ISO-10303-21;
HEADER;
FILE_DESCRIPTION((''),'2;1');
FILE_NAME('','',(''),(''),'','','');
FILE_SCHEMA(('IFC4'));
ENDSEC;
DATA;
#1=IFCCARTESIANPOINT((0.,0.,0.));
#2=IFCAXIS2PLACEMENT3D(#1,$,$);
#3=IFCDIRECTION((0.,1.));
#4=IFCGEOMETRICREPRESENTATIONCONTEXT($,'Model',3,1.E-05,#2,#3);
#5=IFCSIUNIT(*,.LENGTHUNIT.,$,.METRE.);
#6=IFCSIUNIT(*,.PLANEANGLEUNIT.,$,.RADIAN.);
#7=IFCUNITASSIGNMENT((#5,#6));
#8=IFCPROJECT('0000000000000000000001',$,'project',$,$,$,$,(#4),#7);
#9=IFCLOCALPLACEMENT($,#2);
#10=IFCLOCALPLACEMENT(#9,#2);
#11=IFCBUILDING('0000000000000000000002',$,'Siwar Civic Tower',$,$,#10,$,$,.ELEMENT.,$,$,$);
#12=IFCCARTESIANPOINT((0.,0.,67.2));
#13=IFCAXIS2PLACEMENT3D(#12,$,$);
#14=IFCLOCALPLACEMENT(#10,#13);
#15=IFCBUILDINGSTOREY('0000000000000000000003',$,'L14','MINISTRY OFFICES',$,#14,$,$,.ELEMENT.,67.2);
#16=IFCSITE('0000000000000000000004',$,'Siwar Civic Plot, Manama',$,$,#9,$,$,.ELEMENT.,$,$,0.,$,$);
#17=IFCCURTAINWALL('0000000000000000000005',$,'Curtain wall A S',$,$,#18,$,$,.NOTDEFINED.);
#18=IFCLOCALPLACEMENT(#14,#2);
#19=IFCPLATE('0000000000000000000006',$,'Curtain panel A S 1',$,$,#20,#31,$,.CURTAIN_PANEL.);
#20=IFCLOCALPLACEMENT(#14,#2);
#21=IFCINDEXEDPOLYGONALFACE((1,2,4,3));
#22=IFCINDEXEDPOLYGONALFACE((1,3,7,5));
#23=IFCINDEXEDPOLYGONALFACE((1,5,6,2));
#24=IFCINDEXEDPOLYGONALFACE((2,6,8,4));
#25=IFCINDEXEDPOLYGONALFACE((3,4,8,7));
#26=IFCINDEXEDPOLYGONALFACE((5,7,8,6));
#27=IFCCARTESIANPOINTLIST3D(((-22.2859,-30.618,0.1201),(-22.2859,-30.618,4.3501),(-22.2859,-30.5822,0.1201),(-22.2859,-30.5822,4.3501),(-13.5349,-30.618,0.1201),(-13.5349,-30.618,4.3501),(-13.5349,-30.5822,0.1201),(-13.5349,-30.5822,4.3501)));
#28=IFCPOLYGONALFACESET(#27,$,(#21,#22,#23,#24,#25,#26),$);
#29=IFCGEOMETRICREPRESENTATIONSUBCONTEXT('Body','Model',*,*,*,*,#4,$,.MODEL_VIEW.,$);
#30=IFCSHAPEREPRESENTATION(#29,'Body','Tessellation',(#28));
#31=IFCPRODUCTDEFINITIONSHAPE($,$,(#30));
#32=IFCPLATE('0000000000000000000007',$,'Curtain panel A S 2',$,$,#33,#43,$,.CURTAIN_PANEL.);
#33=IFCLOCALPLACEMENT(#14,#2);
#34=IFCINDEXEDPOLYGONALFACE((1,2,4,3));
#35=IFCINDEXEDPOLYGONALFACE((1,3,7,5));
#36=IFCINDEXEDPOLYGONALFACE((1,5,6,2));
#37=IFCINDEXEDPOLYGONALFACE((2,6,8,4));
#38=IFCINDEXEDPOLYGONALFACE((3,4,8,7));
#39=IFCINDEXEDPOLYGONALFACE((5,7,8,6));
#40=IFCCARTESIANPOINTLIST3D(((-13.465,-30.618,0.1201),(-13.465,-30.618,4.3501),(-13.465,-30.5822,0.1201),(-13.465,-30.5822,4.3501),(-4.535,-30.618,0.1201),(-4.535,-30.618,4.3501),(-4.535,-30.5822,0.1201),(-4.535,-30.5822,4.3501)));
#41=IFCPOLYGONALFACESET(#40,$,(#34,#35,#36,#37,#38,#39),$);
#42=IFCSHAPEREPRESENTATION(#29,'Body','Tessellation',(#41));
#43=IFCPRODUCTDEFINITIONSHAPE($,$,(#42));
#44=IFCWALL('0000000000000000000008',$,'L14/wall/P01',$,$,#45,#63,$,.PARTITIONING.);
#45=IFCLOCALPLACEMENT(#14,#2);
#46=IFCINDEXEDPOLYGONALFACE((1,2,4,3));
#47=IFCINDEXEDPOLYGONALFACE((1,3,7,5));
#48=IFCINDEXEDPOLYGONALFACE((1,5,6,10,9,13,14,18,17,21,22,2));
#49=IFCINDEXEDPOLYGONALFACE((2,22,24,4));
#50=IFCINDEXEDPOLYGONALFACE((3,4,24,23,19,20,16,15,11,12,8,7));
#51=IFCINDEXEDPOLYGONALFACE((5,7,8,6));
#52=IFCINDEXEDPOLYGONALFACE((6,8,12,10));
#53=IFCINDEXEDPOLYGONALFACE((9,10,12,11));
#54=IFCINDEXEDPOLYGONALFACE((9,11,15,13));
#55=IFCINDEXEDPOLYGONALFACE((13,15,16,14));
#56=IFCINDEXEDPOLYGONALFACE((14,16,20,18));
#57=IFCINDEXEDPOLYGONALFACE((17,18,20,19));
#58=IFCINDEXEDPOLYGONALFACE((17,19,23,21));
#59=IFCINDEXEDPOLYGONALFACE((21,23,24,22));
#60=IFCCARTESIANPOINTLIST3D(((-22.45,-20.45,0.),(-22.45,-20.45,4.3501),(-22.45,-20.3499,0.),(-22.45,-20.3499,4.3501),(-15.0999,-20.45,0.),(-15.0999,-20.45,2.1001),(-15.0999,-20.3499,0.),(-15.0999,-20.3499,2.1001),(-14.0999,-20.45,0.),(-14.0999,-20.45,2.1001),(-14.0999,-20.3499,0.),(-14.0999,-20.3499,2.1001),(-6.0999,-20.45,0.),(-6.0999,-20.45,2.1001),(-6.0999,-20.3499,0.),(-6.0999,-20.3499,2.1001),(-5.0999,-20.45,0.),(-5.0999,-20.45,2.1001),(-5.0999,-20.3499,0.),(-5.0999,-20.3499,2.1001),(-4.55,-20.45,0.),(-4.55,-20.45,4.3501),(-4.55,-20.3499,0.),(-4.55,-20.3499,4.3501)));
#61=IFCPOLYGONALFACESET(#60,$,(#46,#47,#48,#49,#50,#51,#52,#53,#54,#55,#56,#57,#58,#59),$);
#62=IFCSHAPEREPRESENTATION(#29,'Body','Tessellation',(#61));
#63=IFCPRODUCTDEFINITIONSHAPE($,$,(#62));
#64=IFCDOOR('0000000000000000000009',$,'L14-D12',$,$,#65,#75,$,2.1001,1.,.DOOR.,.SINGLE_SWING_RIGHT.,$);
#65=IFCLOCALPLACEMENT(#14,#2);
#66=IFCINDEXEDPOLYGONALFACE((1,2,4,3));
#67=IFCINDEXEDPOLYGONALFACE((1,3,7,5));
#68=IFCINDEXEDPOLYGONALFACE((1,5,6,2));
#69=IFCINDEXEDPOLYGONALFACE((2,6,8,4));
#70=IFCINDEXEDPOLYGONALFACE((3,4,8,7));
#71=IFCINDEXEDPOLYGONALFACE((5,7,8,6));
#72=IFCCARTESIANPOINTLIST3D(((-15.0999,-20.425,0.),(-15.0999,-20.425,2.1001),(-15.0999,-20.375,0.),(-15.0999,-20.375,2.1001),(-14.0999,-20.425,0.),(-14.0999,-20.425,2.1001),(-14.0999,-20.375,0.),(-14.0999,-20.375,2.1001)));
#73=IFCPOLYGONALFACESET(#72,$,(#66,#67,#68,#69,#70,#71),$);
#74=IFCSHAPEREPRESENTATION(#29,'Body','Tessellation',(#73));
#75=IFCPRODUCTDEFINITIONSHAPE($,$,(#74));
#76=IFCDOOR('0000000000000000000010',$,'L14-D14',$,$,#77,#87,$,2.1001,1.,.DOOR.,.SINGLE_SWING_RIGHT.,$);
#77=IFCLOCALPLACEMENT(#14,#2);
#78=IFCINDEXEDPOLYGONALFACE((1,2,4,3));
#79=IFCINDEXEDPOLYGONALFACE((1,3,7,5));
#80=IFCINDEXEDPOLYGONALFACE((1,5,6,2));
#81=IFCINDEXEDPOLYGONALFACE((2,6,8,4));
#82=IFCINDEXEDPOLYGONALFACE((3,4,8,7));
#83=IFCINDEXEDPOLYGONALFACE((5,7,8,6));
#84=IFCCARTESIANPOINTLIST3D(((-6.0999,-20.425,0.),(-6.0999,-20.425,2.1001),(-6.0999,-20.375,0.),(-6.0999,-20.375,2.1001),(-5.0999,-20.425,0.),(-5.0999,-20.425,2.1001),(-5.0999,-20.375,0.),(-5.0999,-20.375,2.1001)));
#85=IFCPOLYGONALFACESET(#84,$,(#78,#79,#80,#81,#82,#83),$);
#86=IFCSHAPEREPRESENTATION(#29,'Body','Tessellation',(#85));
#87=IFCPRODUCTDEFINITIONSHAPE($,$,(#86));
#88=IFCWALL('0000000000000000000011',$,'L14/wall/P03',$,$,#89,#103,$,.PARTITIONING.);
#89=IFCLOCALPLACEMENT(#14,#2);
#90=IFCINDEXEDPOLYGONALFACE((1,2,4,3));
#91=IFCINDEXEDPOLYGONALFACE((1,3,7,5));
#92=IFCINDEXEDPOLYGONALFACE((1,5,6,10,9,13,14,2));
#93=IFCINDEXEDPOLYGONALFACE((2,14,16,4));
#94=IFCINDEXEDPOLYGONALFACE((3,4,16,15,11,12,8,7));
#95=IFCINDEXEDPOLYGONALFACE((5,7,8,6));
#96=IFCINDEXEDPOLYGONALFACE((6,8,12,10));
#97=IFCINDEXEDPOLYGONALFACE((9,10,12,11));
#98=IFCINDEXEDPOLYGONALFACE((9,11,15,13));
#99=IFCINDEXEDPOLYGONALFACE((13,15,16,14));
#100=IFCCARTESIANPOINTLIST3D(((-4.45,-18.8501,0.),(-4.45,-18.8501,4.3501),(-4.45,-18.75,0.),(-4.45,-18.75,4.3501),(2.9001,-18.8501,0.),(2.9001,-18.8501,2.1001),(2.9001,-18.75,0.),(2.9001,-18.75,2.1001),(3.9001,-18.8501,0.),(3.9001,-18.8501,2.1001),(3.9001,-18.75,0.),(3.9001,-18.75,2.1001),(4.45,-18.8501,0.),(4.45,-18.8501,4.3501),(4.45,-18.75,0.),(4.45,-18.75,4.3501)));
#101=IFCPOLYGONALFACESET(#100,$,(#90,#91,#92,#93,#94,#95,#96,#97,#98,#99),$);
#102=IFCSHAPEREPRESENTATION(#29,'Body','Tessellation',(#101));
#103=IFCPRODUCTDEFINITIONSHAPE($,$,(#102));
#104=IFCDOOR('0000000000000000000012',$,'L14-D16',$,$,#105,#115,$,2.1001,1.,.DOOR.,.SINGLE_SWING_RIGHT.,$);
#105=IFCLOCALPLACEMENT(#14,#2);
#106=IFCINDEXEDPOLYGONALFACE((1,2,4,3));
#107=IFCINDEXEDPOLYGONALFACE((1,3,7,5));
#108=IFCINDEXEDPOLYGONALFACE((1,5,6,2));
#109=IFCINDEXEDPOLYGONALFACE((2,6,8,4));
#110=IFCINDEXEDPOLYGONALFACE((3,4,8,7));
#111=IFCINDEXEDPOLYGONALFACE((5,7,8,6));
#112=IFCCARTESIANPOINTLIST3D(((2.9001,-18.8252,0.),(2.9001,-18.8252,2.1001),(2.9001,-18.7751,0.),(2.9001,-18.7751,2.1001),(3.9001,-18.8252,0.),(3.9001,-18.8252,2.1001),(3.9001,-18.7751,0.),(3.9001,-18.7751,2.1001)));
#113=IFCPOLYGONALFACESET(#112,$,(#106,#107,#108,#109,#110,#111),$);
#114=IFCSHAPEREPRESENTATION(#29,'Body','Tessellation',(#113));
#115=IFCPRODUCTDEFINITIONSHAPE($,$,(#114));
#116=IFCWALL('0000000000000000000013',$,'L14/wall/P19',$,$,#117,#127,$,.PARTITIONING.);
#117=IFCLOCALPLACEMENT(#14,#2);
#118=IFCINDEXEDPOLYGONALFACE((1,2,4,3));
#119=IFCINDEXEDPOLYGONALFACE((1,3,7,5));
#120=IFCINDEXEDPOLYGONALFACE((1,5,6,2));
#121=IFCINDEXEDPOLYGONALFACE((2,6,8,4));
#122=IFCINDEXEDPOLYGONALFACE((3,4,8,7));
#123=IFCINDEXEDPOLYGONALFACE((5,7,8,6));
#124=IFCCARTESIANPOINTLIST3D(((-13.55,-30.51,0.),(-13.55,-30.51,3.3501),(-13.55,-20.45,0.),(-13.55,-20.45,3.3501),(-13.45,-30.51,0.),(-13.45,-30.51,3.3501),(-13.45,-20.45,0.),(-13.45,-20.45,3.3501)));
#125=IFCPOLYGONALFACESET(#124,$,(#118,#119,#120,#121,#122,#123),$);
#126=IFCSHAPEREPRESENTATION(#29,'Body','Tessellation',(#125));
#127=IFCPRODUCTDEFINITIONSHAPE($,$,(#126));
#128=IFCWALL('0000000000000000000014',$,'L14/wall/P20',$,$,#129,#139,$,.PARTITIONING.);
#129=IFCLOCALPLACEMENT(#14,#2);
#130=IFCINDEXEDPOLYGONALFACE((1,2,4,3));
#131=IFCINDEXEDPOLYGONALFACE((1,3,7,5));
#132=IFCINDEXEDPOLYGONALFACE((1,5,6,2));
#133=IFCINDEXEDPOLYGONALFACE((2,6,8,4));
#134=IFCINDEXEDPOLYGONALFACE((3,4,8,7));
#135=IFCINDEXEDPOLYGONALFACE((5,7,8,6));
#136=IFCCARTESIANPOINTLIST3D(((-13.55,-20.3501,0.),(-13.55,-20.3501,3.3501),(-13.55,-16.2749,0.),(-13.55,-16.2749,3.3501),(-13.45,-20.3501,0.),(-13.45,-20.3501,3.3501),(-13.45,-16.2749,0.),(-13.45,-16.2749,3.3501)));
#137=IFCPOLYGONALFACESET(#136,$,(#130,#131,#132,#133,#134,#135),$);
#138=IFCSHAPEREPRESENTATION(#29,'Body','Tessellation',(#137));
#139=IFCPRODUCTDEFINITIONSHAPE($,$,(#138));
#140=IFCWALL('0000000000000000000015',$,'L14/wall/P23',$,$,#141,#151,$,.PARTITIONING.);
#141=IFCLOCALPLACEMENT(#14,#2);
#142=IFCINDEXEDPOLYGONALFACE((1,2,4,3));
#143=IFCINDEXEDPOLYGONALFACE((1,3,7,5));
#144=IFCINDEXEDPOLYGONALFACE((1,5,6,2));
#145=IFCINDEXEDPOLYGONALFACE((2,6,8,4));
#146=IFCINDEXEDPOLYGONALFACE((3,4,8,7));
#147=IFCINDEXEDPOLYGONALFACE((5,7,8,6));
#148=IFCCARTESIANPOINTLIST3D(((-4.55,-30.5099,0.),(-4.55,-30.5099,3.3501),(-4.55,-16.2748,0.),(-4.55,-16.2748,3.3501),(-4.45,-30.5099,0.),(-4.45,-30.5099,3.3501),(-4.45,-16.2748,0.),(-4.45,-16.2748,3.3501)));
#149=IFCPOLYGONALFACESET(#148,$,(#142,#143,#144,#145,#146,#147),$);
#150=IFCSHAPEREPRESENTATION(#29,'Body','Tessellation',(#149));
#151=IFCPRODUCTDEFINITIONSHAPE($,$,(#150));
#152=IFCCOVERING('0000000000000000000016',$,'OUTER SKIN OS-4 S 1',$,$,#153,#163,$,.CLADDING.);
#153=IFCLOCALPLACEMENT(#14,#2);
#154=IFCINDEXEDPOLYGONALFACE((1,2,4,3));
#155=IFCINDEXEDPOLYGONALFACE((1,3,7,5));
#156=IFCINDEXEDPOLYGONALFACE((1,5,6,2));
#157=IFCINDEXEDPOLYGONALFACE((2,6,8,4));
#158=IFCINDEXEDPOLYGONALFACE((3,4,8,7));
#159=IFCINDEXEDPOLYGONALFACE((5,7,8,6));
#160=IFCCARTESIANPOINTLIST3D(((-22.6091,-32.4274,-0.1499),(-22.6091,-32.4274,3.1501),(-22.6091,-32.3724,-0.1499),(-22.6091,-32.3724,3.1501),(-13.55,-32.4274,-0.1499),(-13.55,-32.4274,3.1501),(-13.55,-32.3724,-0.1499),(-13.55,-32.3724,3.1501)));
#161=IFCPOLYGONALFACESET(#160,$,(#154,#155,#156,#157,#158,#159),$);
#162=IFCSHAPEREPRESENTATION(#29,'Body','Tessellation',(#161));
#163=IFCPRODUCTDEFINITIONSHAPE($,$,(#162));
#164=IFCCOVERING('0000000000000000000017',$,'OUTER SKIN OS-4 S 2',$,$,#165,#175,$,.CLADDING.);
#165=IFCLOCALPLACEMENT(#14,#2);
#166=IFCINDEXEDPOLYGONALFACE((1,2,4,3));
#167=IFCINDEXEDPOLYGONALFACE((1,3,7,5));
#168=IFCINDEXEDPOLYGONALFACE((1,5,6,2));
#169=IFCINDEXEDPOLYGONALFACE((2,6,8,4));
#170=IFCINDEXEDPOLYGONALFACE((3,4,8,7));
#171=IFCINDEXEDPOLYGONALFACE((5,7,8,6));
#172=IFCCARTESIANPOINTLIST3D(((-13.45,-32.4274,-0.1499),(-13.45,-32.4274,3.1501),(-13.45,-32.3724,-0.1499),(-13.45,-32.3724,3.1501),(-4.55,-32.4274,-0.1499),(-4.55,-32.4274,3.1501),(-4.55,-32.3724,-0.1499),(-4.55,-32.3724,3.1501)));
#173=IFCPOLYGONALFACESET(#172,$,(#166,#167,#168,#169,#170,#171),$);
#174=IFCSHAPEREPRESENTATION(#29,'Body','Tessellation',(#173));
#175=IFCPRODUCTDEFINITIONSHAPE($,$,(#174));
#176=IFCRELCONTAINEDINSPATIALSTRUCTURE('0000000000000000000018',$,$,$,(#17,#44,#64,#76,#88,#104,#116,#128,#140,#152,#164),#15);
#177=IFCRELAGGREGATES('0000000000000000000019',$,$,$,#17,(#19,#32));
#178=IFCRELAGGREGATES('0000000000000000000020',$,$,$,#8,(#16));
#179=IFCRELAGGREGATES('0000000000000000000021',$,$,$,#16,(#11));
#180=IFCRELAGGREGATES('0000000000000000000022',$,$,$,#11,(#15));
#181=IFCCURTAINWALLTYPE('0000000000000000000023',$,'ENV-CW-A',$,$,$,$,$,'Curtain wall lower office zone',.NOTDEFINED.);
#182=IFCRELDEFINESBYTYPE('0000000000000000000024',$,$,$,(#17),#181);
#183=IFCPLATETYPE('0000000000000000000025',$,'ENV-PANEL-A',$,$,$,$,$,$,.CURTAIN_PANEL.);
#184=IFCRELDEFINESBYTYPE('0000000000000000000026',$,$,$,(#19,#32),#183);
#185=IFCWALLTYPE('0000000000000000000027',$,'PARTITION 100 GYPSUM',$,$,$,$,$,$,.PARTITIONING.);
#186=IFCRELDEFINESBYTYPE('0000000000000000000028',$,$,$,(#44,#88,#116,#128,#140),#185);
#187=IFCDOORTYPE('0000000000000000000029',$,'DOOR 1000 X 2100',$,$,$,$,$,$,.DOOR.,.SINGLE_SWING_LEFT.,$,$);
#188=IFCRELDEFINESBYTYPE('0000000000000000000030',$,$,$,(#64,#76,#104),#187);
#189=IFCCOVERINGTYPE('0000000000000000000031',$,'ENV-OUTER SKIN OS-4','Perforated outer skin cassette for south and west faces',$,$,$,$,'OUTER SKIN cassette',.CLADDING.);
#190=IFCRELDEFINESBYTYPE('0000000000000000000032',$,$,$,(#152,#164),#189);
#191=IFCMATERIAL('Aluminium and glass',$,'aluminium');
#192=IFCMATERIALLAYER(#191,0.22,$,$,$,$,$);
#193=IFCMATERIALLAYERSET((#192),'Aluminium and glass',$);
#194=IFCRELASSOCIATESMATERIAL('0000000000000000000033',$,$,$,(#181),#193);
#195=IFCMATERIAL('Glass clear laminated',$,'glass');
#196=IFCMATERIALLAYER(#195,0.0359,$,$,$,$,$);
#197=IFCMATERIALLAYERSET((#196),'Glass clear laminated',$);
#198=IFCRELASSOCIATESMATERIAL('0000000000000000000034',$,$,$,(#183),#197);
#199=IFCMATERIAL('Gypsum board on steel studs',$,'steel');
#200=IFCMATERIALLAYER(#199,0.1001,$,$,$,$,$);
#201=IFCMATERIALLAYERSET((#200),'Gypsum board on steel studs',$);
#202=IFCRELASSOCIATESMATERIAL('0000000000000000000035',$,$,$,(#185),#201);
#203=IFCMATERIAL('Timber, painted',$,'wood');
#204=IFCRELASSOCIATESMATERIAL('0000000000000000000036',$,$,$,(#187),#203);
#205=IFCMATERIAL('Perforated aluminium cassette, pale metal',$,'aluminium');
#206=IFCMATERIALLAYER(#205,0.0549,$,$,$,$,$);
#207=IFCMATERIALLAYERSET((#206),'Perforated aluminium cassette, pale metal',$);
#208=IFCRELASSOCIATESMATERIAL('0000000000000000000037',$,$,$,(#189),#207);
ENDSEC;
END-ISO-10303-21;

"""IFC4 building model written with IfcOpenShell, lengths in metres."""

from ifc_helpers import new_model, si_unit, direction, frame, frame_2d, origin, origin_2d, place, context, subcontext, project, spatial, rectangle, extrude, material, layer, layer_set, type_object, element, fill, aggregate, save


model = new_model("IFC4")

# Units and contexts
model_context = context("Model", 3, precision=1e-05, world=origin(), true_north=direction((0.0, 1.0)))
body_context = subcontext(model_context, "Body", "Model", "MODEL_VIEW")
ifc_project = project(units=[si_unit("LENGTHUNIT", "METRE"), si_unit("PLANEANGLEUNIT", "RADIAN")], contexts=[model_context])

# Site, building, storey
site_placement = place(None, origin())
site = spatial("IfcSite", under=ifc_project, at=site_placement, Name="Siwar Civic Plot, Manama", CompositionType="ELEMENT", RefElevation=0.0)
building_placement = place(site_placement, origin())
building = spatial("IfcBuilding", under=site, at=building_placement, Name="Siwar Civic Tower", CompositionType="ELEMENT")
storey_placement = place(building_placement, frame((0.0, 0.0, 67.2)))
storey = spatial("IfcBuildingStorey", under=building, at=storey_placement, Name="L14", Description="MINISTRY OFFICES", CompositionType="ELEMENT", Elevation=67.2)

# Curtain wall
ifc_material_1 = material(Name="Aluminium and glass", Category="aluminium")
ifc_layer_1 = layer(ifc_material_1, 0.22)
ifc_layer_set_1 = layer_set([ifc_layer_1], Name="Aluminium and glass")
curtain_wall_type = type_object("IfcCurtainWallType", Name="ENV-CW-A", ElementType="Curtain wall lower office zone", PredefinedType="NOTDEFINED", material=ifc_layer_set_1)
curtain_wall_placement = place(storey_placement, origin())
curtain_wall = element("IfcCurtainWall", 1, at=curtain_wall_placement, inside=storey, type_object=curtain_wall_type, Name="Curtain wall A S", PredefinedType="NOTDEFINED")

# Plates
ifc_material_2 = material(Name="Glass clear laminated", Category="glass")
ifc_layer_2 = layer(ifc_material_2, 0.0359)
ifc_layer_set_2 = layer_set([ifc_layer_2], Name="Glass clear laminated")
plate_type = type_object("IfcPlateType", Name="ENV-PANEL-A", PredefinedType="CURTAIN_PANEL", material=ifc_layer_set_2)
plate_1_placement = place(storey_placement, frame((-17.9104, -30.6001, 0.1201), z_axis=(0.0, 0.0, 1.0), x_axis=(1.0, 0.0, 0.0)))
plate_1 = element("IfcPlate", 2, at=plate_1_placement, type_object=plate_type, Name="Curtain panel A S 1", PredefinedType="CURTAIN_PANEL", context=body_context, shape_type="SweptSolid", body=[
    extrude(rectangle(XDim=8.751, YDim=0.0359, at=origin_2d()), origin(), (0.0, 0.0, 1.0), 4.23),
])
plate_2_placement = place(storey_placement, frame((-9.0, -30.6001, 0.1201), z_axis=(0.0, 0.0, 1.0), x_axis=(1.0, 0.0, 0.0)))
plate_2 = element("IfcPlate", 3, at=plate_2_placement, type_object=plate_type, Name="Curtain panel A S 2", PredefinedType="CURTAIN_PANEL", context=body_context, shape_type="SweptSolid", body=[
    extrude(rectangle(XDim=8.9299, YDim=0.0359, at=origin_2d()), origin(), (0.0, 0.0, 1.0), 4.23),
])
aggregate(curtain_wall, [plate_1, plate_2])

# Wall, openings, doors
ifc_material_3 = material(Name="Gypsum board on steel studs", Category="steel")
ifc_layer_3 = layer(ifc_material_3, 0.1001)
ifc_layer_set_3 = layer_set([ifc_layer_3], Name="Gypsum board on steel studs")
wall_type = type_object("IfcWallType", Name="PARTITION 100 GYPSUM", PredefinedType="PARTITIONING", material=ifc_layer_set_3)
wall_1_placement = place(storey_placement, frame((-22.45, -20.3999, 0.0), z_axis=(0.0, 0.0, 1.0), x_axis=(1.0, 0.0, 0.0)))
wall_1 = element("IfcWall", 4, at=wall_1_placement, inside=storey, type_object=wall_type, Name="L14/wall/P01", PredefinedType="PARTITIONING", context=body_context, shape_type="SweptSolid", body=[
    extrude(rectangle(XDim=17.8999, YDim=0.1001, at=frame_2d((8.95, 0.0))), origin(), (0.0, 0.0, 1.0), 4.3501),
])
opening_1_placement = place(wall_1_placement, frame((7.3501, 0.0, 0.0)))
opening_1 = element("IfcOpeningElement", 5, at=opening_1_placement, cuts=wall_1, PredefinedType="OPENING", context=body_context, shape_type="SweptSolid", body=[
    extrude(rectangle(XDim=1.0, YDim=2.1001, at=frame_2d((0.5, 1.05))), frame((0.0, 0.0601, 0.0), z_axis=(0.0, -1.0, 0.0), x_axis=(1.0, 0.0, 0.0)), (0.0, 0.0, 1.0), 0.1201),
])
opening_2_placement = place(wall_1_placement, frame((16.3501, 0.0, 0.0)))
opening_2 = element("IfcOpeningElement", 6, at=opening_2_placement, cuts=wall_1, PredefinedType="OPENING", context=body_context, shape_type="SweptSolid", body=[
    extrude(rectangle(XDim=1.0, YDim=2.1001, at=frame_2d((0.5, 1.05))), frame((0.0, 0.0601, 0.0), z_axis=(0.0, -1.0, 0.0), x_axis=(1.0, 0.0, 0.0)), (0.0, 0.0, 1.0), 0.1201),
])
ifc_material_4 = material(Name="Timber, painted", Category="wood")
door_type = type_object("IfcDoorType", Name="DOOR 1000 X 2100", OperationType="SINGLE_SWING_LEFT", PredefinedType="DOOR", material=ifc_material_4)
door_1_placement = place(opening_1_placement, origin())
door_1 = element("IfcDoor", 7, at=door_1_placement, inside=storey, type_object=door_type, Name="L14-D12", OperationType="SINGLE_SWING_RIGHT", OverallHeight=2.1001, OverallWidth=1.0, PredefinedType="DOOR", context=body_context, shape_type="SweptSolid", body=[
    extrude(rectangle(XDim=1.0, YDim=2.1001, at=frame_2d((0.5, 1.05))), frame((0.0, 0.0249, 0.0), z_axis=(0.0, -1.0, 0.0), x_axis=(1.0, 0.0, 0.0)), (0.0, 0.0, 1.0), 0.05),
])
fill(opening_1, door_1)
door_2_placement = place(opening_2_placement, origin())
door_2 = element("IfcDoor", 8, at=door_2_placement, inside=storey, type_object=door_type, Name="L14-D14", OperationType="SINGLE_SWING_RIGHT", OverallHeight=2.1001, OverallWidth=1.0, PredefinedType="DOOR", context=body_context, shape_type="SweptSolid", body=[
    extrude(rectangle(XDim=1.0, YDim=2.1001, at=frame_2d((0.5, 1.05))), frame((0.0, 0.0249, 0.0), z_axis=(0.0, -1.0, 0.0), x_axis=(1.0, 0.0, 0.0)), (0.0, 0.0, 1.0), 0.05),
])
fill(opening_2, door_2)

# Wall, opening, door
wall_2_placement = place(storey_placement, frame((-4.45, -18.8, 0.0), z_axis=(0.0, 0.0, 1.0), x_axis=(1.0, 0.0, 0.0)))
wall_2 = element("IfcWall", 9, at=wall_2_placement, inside=storey, type_object=wall_type, Name="L14/wall/P03", PredefinedType="PARTITIONING", context=body_context, shape_type="SweptSolid", body=[
    extrude(rectangle(XDim=8.8999, YDim=0.1001, at=frame_2d((4.45, 0.0))), origin(), (0.0, 0.0, 1.0), 4.3501),
])
opening_3_placement = place(wall_2_placement, frame((7.3501, 0.0, 0.0)))
opening_3 = element("IfcOpeningElement", 10, at=opening_3_placement, cuts=wall_2, PredefinedType="OPENING", context=body_context, shape_type="SweptSolid", body=[
    extrude(rectangle(XDim=1.0, YDim=2.1001, at=frame_2d((0.5, 1.05))), frame((0.0, 0.0601, 0.0), z_axis=(0.0, -1.0, 0.0), x_axis=(1.0, 0.0, 0.0)), (0.0, 0.0, 1.0), 0.1201),
])
door_3_placement = place(opening_3_placement, origin())
door_3 = element("IfcDoor", 11, at=door_3_placement, inside=storey, type_object=door_type, Name="L14-D16", OperationType="SINGLE_SWING_RIGHT", OverallHeight=2.1001, OverallWidth=1.0, PredefinedType="DOOR", context=body_context, shape_type="SweptSolid", body=[
    extrude(rectangle(XDim=1.0, YDim=2.1001, at=frame_2d((0.5, 1.05))), frame((0.0, 0.0249, 0.0), z_axis=(0.0, -1.0, 0.0), x_axis=(1.0, 0.0, 0.0)), (0.0, 0.0, 1.0), 0.05),
])
fill(opening_3, door_3)

# Walls
wall_3_placement = place(storey_placement, frame((-13.5, -30.51, 0.0), z_axis=(0.0, 0.0, 1.0), x_axis=(0.0, 1.0, 0.0)))
element("IfcWall", 12, at=wall_3_placement, inside=storey, type_object=wall_type, Name="L14/wall/P19", PredefinedType="PARTITIONING", context=body_context, shape_type="SweptSolid", body=[
    extrude(rectangle(XDim=10.0601, YDim=0.1001, at=frame_2d((5.03, 0.0))), origin(), (0.0, 0.0, 1.0), 3.3501),
])
wall_4_placement = place(storey_placement, frame((-13.5, -20.3501, 0.0), z_axis=(0.0, 0.0, 1.0), x_axis=(0.0, 1.0, 0.0)))
element("IfcWall", 13, at=wall_4_placement, inside=storey, type_object=wall_type, Name="L14/wall/P20", PredefinedType="PARTITIONING", context=body_context, shape_type="SweptSolid", body=[
    extrude(rectangle(XDim=4.0752, YDim=0.1001, at=frame_2d((2.0376, 0.0))), origin(), (0.0, 0.0, 1.0), 3.3501),
])
wall_5_placement = place(storey_placement, frame((-4.5, -30.51, 0.0), z_axis=(0.0, 0.0, 1.0), x_axis=(0.0, 1.0, 0.0)))
element("IfcWall", 14, at=wall_5_placement, inside=storey, type_object=wall_type, Name="L14/wall/P23", PredefinedType="PARTITIONING", context=body_context, shape_type="SweptSolid", body=[
    extrude(rectangle(XDim=14.2351, YDim=0.1001, at=frame_2d((7.1177, 0.0))), origin(), (0.0, 0.0, 1.0), 3.3501),
])

# Coverings
ifc_material_5 = material(Name="Perforated aluminium cassette, pale metal", Category="aluminium")
ifc_layer_4 = layer(ifc_material_5, 0.0549)
ifc_layer_set_4 = layer_set([ifc_layer_4], Name="Perforated aluminium cassette, pale metal")
covering_type = type_object("IfcCoveringType", Name="ENV-OUTER SKIN OS-4", Description="Perforated outer skin cassette for south and west faces", ElementType="OUTER SKIN cassette", PredefinedType="CLADDING", material=ifc_layer_set_4)
covering_1_placement = place(storey_placement, frame((-18.0796, -32.3999, -0.1499), z_axis=(0.0, 0.0, 1.0), x_axis=(1.0, 0.0, 0.0)))
element("IfcCovering", 15, at=covering_1_placement, inside=storey, type_object=covering_type, Name="OUTER SKIN OS-4 S 1", PredefinedType="CLADDING", context=body_context, shape_type="SweptSolid", body=[
    extrude(rectangle(XDim=9.0591, YDim=0.0549, at=origin_2d()), origin(), (0.0, 0.0, 1.0), 3.3),
])
covering_2_placement = place(storey_placement, frame((-9.0, -32.3999, -0.1499), z_axis=(0.0, 0.0, 1.0), x_axis=(1.0, 0.0, 0.0)))
element("IfcCovering", 16, at=covering_2_placement, inside=storey, type_object=covering_type, Name="OUTER SKIN OS-4 S 2", PredefinedType="CLADDING", context=body_context, shape_type="SweptSolid", body=[
    extrude(rectangle(XDim=8.8999, YDim=0.0549, at=origin_2d()), origin(), (0.0, 0.0, 1.0), 3.3),
])

save(model, "model.ifc")
